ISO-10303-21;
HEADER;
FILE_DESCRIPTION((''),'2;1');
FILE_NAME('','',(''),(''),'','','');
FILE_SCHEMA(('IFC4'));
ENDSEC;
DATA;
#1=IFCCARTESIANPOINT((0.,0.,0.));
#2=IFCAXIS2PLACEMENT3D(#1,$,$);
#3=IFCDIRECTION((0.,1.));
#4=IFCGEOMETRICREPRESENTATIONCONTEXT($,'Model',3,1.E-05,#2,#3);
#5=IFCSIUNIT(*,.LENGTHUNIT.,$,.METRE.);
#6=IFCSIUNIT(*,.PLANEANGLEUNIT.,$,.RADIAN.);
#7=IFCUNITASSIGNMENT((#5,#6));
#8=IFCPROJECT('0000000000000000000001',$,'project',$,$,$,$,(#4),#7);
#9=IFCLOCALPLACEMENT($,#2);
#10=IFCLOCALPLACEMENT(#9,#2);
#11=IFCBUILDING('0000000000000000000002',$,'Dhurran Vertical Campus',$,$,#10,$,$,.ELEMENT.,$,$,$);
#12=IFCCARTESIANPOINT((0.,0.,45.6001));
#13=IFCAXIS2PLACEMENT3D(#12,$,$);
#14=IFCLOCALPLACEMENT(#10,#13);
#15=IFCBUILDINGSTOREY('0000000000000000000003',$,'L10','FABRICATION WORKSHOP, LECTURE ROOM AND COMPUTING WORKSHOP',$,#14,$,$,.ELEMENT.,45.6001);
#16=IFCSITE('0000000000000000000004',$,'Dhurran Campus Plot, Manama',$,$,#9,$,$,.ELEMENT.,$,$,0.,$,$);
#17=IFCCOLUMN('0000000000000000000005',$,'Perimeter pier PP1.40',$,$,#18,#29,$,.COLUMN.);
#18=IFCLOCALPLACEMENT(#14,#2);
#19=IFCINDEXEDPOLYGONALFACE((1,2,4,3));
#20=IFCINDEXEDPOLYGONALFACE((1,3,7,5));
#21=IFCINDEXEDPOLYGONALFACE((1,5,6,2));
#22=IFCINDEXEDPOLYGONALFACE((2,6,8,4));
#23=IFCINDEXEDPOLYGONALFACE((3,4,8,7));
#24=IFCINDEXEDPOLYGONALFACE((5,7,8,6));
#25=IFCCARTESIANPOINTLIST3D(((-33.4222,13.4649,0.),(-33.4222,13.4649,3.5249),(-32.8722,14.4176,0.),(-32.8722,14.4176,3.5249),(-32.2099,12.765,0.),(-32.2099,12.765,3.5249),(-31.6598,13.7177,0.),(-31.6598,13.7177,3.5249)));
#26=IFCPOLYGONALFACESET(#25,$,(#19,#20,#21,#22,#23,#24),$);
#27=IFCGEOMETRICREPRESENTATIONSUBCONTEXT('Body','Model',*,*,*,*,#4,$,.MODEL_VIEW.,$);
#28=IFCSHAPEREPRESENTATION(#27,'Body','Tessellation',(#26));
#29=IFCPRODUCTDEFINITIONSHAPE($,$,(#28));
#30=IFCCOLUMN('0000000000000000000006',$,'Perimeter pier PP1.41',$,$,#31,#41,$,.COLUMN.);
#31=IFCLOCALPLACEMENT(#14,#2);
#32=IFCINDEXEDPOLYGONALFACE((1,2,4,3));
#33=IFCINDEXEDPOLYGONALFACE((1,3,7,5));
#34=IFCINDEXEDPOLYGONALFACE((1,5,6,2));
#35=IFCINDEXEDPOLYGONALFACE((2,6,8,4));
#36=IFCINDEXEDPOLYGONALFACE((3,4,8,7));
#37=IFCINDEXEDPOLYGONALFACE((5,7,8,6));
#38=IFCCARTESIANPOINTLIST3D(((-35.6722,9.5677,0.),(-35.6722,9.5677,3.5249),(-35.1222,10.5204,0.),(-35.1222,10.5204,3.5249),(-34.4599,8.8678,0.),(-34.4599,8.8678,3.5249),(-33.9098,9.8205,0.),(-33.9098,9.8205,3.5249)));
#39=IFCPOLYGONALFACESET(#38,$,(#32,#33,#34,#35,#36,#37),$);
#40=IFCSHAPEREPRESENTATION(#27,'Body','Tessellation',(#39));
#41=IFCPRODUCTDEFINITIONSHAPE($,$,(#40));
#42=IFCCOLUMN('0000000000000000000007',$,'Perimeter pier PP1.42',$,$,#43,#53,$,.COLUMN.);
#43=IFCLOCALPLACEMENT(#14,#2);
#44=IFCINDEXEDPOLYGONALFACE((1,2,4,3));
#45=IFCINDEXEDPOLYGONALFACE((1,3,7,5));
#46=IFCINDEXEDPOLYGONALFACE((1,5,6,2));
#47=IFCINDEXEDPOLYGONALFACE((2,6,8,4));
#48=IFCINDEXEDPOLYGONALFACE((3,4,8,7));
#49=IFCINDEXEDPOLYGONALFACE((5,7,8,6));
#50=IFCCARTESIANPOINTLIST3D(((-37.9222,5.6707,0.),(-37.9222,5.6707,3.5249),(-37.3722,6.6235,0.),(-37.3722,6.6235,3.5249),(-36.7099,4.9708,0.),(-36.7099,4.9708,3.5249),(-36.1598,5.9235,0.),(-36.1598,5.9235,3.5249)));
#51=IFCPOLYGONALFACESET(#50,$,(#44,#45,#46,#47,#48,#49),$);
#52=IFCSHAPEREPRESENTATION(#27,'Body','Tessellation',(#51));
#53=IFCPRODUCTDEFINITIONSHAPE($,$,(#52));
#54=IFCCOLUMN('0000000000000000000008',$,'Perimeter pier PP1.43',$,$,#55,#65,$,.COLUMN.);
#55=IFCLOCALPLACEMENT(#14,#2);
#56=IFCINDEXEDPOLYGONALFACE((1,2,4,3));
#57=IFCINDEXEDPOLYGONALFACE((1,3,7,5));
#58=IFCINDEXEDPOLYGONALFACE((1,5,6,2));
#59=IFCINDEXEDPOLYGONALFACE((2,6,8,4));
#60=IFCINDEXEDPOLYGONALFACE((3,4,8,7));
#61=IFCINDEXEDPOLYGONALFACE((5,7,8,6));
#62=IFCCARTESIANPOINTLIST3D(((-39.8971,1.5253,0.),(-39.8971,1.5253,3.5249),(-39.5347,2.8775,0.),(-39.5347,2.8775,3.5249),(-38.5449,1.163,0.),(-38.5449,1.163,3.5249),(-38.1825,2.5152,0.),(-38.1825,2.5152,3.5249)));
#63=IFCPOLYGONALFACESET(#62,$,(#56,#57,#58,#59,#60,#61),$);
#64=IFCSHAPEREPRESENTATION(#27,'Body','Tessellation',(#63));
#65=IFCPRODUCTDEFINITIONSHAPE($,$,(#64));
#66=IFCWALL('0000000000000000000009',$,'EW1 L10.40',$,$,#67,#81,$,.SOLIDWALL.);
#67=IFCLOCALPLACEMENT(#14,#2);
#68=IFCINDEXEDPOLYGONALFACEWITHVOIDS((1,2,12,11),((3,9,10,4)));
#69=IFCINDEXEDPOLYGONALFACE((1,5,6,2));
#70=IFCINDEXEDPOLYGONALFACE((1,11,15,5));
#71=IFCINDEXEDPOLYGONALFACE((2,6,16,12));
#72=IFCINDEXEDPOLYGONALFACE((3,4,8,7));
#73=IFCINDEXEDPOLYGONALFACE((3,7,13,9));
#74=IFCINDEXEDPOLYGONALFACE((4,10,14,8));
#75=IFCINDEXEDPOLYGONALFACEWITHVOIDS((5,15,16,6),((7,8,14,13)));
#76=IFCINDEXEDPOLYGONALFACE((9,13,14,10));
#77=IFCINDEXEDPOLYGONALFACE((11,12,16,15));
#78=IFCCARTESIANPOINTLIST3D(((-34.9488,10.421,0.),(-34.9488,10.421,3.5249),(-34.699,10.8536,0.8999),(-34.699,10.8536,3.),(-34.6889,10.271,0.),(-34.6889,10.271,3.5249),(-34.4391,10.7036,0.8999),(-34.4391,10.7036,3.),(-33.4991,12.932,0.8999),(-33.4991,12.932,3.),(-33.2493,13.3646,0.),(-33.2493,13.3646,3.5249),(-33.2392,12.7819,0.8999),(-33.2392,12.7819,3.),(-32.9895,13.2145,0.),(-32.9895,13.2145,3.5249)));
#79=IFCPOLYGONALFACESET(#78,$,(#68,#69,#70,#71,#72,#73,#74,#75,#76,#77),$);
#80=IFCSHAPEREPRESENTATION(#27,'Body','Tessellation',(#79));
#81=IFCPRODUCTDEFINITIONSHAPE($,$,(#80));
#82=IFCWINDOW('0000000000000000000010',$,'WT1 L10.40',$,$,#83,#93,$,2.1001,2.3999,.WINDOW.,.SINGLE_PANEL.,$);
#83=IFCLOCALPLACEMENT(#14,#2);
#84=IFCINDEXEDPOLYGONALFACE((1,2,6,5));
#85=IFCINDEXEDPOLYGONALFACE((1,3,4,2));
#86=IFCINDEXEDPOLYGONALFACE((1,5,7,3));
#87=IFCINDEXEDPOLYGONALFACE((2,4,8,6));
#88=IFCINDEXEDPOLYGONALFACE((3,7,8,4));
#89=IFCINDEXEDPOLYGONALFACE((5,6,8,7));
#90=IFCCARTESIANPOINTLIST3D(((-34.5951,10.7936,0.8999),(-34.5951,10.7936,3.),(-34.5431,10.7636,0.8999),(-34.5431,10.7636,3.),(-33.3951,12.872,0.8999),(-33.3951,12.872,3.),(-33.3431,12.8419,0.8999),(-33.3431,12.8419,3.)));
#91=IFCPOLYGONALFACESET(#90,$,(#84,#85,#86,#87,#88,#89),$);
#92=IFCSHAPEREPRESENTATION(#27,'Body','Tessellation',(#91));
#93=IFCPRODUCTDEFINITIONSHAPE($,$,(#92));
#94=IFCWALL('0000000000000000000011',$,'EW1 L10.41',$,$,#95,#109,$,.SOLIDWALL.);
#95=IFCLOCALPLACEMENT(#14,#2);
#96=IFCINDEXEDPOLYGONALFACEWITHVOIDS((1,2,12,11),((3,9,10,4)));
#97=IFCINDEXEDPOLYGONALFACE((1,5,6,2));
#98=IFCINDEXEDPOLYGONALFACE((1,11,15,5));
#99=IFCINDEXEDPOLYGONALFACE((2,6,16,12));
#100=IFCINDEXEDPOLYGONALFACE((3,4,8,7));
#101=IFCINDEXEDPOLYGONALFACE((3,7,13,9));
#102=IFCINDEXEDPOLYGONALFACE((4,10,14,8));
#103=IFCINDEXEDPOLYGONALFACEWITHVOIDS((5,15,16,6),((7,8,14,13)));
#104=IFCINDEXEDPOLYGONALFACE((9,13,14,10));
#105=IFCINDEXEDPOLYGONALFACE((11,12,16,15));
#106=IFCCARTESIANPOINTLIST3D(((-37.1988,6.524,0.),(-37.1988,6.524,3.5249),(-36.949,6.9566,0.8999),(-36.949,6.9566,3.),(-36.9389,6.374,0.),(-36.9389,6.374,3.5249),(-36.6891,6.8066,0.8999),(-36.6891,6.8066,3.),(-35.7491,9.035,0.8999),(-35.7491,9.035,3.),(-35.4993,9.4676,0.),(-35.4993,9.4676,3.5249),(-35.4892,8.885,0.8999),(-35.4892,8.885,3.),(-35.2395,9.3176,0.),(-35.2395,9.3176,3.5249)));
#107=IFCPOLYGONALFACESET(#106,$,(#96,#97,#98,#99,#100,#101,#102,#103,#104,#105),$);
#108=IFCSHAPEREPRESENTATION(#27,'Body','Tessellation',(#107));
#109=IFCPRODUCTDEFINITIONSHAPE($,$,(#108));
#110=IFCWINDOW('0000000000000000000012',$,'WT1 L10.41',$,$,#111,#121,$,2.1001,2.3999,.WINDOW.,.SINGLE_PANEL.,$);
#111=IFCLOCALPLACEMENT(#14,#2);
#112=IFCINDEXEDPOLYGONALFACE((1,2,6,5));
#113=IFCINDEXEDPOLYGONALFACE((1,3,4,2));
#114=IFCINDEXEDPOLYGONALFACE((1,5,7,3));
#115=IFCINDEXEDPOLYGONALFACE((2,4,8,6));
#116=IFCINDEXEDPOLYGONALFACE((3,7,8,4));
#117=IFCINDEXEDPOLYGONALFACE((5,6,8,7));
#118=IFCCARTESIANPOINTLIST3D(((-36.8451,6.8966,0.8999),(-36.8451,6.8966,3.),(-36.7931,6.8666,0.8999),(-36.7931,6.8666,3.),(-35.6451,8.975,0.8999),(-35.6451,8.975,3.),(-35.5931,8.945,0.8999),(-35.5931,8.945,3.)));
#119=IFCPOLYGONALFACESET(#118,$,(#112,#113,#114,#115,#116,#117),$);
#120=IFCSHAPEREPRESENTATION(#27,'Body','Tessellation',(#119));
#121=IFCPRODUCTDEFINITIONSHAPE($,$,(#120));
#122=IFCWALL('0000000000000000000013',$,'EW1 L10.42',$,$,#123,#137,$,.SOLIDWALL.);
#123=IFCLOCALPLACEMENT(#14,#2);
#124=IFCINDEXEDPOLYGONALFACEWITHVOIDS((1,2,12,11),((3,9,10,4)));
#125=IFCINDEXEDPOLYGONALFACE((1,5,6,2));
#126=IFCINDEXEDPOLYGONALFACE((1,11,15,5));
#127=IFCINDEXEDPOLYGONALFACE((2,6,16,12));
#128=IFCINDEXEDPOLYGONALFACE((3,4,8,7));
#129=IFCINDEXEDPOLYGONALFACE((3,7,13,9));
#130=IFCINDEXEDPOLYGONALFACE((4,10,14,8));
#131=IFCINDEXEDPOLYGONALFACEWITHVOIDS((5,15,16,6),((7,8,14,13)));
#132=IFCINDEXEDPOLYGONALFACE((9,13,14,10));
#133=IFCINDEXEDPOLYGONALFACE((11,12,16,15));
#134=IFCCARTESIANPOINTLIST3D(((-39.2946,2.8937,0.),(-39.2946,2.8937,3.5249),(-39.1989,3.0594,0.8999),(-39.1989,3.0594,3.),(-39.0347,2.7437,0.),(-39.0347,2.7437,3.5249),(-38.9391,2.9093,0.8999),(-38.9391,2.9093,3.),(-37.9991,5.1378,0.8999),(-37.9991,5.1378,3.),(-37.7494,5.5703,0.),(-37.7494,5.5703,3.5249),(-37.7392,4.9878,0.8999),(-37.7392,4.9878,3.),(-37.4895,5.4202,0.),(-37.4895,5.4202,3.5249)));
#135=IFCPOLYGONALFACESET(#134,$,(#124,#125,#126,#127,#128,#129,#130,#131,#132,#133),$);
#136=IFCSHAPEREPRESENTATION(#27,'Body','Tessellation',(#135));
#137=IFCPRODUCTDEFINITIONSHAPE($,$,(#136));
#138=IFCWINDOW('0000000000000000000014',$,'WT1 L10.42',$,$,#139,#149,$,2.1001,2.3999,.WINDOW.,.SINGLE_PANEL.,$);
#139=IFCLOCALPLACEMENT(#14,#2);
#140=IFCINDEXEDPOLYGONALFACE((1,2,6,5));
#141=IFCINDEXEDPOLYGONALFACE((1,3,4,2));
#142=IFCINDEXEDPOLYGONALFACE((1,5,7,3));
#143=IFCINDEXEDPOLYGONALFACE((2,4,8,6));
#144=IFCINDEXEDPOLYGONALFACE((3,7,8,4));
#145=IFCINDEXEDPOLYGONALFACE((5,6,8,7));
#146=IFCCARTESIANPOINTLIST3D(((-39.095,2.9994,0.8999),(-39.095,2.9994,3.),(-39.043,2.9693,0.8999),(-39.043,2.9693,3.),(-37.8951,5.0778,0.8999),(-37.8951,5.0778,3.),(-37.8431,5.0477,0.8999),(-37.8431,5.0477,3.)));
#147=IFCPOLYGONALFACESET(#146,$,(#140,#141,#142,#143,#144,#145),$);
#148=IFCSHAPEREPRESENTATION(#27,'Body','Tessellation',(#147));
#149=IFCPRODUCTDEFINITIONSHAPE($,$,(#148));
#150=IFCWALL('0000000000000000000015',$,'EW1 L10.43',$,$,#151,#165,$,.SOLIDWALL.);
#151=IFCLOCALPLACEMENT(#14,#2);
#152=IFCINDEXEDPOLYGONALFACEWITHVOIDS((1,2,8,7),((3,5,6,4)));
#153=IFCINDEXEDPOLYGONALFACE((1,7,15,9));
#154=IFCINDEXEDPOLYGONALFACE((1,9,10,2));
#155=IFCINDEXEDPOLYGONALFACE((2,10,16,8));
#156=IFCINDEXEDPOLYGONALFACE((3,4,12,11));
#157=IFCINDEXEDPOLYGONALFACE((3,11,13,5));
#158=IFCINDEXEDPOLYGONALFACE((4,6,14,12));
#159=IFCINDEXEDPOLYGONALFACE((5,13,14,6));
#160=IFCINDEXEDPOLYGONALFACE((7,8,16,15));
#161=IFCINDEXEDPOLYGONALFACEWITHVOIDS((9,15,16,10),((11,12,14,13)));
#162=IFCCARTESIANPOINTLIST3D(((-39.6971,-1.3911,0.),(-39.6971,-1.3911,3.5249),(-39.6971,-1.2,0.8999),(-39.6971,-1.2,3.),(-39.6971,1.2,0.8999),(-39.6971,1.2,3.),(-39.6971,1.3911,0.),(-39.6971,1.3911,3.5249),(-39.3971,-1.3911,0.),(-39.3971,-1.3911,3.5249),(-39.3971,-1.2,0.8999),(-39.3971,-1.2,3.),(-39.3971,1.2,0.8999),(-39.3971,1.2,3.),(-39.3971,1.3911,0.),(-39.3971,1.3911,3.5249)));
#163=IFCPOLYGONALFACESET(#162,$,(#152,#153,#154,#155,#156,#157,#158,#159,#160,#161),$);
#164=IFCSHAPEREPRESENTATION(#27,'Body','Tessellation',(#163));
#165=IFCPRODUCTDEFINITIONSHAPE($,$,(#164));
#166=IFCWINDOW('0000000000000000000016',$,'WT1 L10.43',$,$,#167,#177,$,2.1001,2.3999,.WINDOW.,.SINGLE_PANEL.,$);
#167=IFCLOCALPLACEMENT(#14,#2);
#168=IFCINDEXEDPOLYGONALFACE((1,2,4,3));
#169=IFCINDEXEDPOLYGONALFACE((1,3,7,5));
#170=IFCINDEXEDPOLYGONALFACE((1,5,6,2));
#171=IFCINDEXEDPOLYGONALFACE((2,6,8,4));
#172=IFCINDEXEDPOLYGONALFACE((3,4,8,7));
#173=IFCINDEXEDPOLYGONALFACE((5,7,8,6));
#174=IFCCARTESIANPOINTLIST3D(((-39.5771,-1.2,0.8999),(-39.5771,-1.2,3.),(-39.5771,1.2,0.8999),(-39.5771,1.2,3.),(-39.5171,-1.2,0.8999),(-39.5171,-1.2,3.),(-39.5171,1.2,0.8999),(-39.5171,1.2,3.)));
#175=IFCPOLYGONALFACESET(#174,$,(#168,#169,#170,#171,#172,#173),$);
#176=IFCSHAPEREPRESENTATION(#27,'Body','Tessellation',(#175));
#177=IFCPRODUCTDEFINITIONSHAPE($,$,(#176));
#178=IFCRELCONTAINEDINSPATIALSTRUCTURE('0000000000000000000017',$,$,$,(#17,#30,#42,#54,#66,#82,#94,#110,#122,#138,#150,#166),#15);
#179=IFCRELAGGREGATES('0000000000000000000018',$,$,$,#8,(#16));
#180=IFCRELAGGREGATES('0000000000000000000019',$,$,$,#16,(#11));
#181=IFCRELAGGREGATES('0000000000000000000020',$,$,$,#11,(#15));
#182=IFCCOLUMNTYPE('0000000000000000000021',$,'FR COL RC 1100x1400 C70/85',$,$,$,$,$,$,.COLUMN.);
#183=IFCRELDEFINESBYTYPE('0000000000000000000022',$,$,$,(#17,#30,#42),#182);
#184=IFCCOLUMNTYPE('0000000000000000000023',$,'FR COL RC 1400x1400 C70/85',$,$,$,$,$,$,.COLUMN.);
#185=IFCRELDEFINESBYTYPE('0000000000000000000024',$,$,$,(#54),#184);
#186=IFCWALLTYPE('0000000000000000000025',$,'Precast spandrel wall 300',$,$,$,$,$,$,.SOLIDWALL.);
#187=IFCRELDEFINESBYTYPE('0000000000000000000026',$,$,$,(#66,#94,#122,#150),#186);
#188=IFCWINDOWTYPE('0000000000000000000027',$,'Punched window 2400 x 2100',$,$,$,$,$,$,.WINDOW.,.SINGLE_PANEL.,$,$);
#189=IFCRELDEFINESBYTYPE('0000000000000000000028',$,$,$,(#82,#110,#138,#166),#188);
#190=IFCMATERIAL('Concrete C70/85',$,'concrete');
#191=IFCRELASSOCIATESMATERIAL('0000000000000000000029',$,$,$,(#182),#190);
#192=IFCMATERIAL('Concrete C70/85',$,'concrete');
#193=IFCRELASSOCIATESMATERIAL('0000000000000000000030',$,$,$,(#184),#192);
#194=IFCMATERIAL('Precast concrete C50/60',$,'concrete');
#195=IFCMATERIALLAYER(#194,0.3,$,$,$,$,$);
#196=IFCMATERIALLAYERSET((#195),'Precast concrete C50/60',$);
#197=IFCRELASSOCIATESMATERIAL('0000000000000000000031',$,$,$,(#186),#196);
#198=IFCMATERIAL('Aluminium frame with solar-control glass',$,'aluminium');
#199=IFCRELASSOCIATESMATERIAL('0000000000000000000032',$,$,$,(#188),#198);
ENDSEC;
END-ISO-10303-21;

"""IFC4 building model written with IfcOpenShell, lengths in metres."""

from ifc_helpers import new_model, si_unit, direction, frame, frame_2d, origin, origin_2d, place, context, subcontext, project, spatial, rectangle, extrude, material, layer, layer_set, material_profile, profile_set, type_object, element, fill, save


model = new_model("IFC4")

# Units and contexts
model_context = context("Model", 3, precision=1e-05, world=origin(), true_north=direction((0.0, 1.0)))
body_context = subcontext(model_context, "Body", "Model", "MODEL_VIEW")
ifc_project = project(units=[si_unit("LENGTHUNIT", "METRE"), si_unit("PLANEANGLEUNIT", "RADIAN")], contexts=[model_context])

# Site, building, storey
site_placement = place(None, origin())
site = spatial("IfcSite", under=ifc_project, at=site_placement, Name="Dhurran Campus Plot, Manama", CompositionType="ELEMENT", RefElevation=0.0)
building_placement = place(site_placement, origin())
building = spatial("IfcBuilding", under=site, at=building_placement, Name="Dhurran Vertical Campus", CompositionType="ELEMENT")
storey_placement = place(building_placement, frame((0.0, 0.0, 45.6001)))
storey = spatial("IfcBuildingStorey", under=building, at=storey_placement, Name="L10", Description="FABRICATION WORKSHOP, LECTURE ROOM AND COMPUTING WORKSHOP", CompositionType="ELEMENT", Elevation=45.6001)

# Columns
ifc_material_1 = material(Name="Concrete C70/85", Category="concrete")
ifc_material_profile_1 = material_profile(ifc_material_1, rectangle(XDim=1.1001, YDim=1.3999, at=origin_2d()), Name="RC 1100x1400")
ifc_profile_set_1 = profile_set([ifc_material_profile_1], Name="Concrete C70/85")
column_type_1 = type_object("IfcColumnType", Name="FR COL RC 1100x1400 C70/85", PredefinedType="COLUMN", material=ifc_profile_set_1)
for number, where, z_axis, x_axis, name in (
    (1, (-32.541, 13.5913, 0.0), (0.0, 0.0, 1.0), (-0.5, -0.866025, 0.0), "Perimeter pier PP1.40"),
    (2, (-34.791, 9.6941, 0.0), (0.0, 0.0, 1.0), (-0.5, -0.866025, 0.0), "Perimeter pier PP1.41"),
    (3, (-37.041, 5.7971, 0.0), (0.0, 0.0, 1.0), (-0.5, -0.866025, 0.0), "Perimeter pier PP1.42"),
):
    element("IfcColumn", number, at=place(storey_placement, frame(where, z_axis=z_axis, x_axis=x_axis)), inside=storey, type_object=column_type_1, Name=name, PredefinedType="COLUMN", context=body_context, shape_type="SweptSolid", body=[
        extrude(rectangle(XDim=1.1001, YDim=1.3999, at=origin_2d()), origin(), (0.0, 0.0, 1.0), 3.5249),
    ])
ifc_material_2 = material(Name="Concrete C70/85", Category="concrete")
ifc_material_profile_2 = material_profile(ifc_material_2, rectangle(XDim=1.3999, YDim=1.3999, at=origin_2d()), Name="RC 1400x1400")
ifc_profile_set_2 = profile_set([ifc_material_profile_2], Name="Concrete C70/85")
column_type_2 = type_object("IfcColumnType", Name="FR COL RC 1400x1400 C70/85", PredefinedType="COLUMN", material=ifc_profile_set_2)
column_placement = place(storey_placement, frame((-39.0398, 2.0203, 0.0), z_axis=(0.0, 0.0, 1.0), x_axis=(-0.258819, -0.965926, 0.0)))
element("IfcColumn", 4, at=column_placement, inside=storey, type_object=column_type_2, Name="Perimeter pier PP1.43", PredefinedType="COLUMN", context=body_context, shape_type="SweptSolid", body=[
    extrude(rectangle(XDim=1.3999, YDim=1.3999, at=origin_2d()), origin(), (0.0, 0.0, 1.0), 3.5249),
])

# Walls, openings, windows
ifc_material_3 = material(Name="Precast concrete C50/60", Category="concrete")
ifc_layer_1 = layer(ifc_material_3, 0.3)
ifc_layer_set_1 = layer_set([ifc_layer_1], Name="Precast concrete C50/60")
wall_type_1 = type_object("IfcWallType", Name="Precast spandrel wall 300", PredefinedType="SOLIDWALL", material=ifc_layer_set_1)
wall_1_placement = place(storey_placement, frame((-33.1194, 13.2896, 0.0), z_axis=(0.0, 0.0, 1.0), x_axis=(-0.499994, -0.866029, 0.0)))
wall_1 = element("IfcWall", 5, at=wall_1_placement, inside=storey, type_object=wall_type_1, Name="EW1 L10.40", PredefinedType="SOLIDWALL", context=body_context, shape_type="SweptSolid", body=[
    extrude(rectangle(XDim=3.3989, YDim=0.3, at=frame_2d((1.6995, 0.0))), origin(), (0.0, 0.0, 1.0), 3.5249),
])
opening_1_placement = place(wall_1_placement, frame((0.4995, 0.0, 0.8999)))
opening_1 = element("IfcOpeningElement", 6, at=opening_1_placement, cuts=wall_1, PredefinedType="OPENING", context=body_context, shape_type="SweptSolid", body=[
    extrude(rectangle(XDim=2.3999, YDim=2.1001, at=frame_2d((1.2, 1.05))), frame((0.0, 0.1599, 0.0), z_axis=(0.0, -1.0, 0.0), x_axis=(1.0, 0.0, 0.0)), (0.0, 0.0, 1.0), 0.3201),
])
ifc_material_4 = material(Name="Aluminium frame with solar-control glass", Category="aluminium")
window_type = type_object("IfcWindowType", Name="Punched window 2400 x 2100", PartitioningType="SINGLE_PANEL", PredefinedType="WINDOW", material=ifc_material_4)
window_1_placement = place(opening_1_placement, origin())
window_1 = element("IfcWindow", 7, at=window_1_placement, inside=storey, type_object=window_type, Name="WT1 L10.40", OverallHeight=2.1001, OverallWidth=2.3999, PartitioningType="SINGLE_PANEL", PredefinedType="WINDOW", context=body_context, shape_type="SweptSolid", body=[
    extrude(rectangle(XDim=2.3999, YDim=2.1001, at=frame_2d((1.2, 1.05))), frame((0.0, 0.03, 0.0), z_axis=(0.0, -1.0, 0.0), x_axis=(1.0, 0.0, 0.0)), (0.0, 0.0, 1.0), 0.0601),
])
fill(opening_1, window_1)
wall_2_placement = place(storey_placement, frame((-35.3694, 9.3926, 0.0), z_axis=(0.0, 0.0, 1.0), x_axis=(-0.499994, -0.866029, 0.0)))
wall_2 = element("IfcWall", 8, at=wall_2_placement, inside=storey, type_object=wall_type_1, Name="EW1 L10.41", PredefinedType="SOLIDWALL", context=body_context, shape_type="SweptSolid", body=[
    extrude(rectangle(XDim=3.3989, YDim=0.3, at=frame_2d((1.6995, 0.0))), origin(), (0.0, 0.0, 1.0), 3.5249),
])
opening_2_placement = place(wall_2_placement, frame((0.4995, 0.0, 0.8999)))
opening_2 = element("IfcOpeningElement", 9, at=opening_2_placement, cuts=wall_2, PredefinedType="OPENING", context=body_context, shape_type="SweptSolid", body=[
    extrude(rectangle(XDim=2.3999, YDim=2.1001, at=frame_2d((1.2, 1.05))), frame((0.0, 0.1599, 0.0), z_axis=(0.0, -1.0, 0.0), x_axis=(1.0, 0.0, 0.0)), (0.0, 0.0, 1.0), 0.3201),
])
window_2_placement = place(opening_2_placement, origin())
window_2 = element("IfcWindow", 10, at=window_2_placement, inside=storey, type_object=window_type, Name="WT1 L10.41", OverallHeight=2.1001, OverallWidth=2.3999, PartitioningType="SINGLE_PANEL", PredefinedType="WINDOW", context=body_context, shape_type="SweptSolid", body=[
    extrude(rectangle(XDim=2.3999, YDim=2.1001, at=frame_2d((1.2, 1.05))), frame((0.0, 0.03, 0.0), z_axis=(0.0, -1.0, 0.0), x_axis=(1.0, 0.0, 0.0)), (0.0, 0.0, 1.0), 0.0601),
])
fill(opening_2, window_2)
wall_3_placement = place(storey_placement, frame((-37.6194, 5.4954, 0.0), z_axis=(0.0, 0.0, 1.0), x_axis=(-0.499971, -0.866042, 0.0)))
wall_3 = element("IfcWall", 11, at=wall_3_placement, inside=storey, type_object=wall_type_1, Name="EW1 L10.42", PredefinedType="SOLIDWALL", context=body_context, shape_type="SweptSolid", body=[
    extrude(rectangle(XDim=3.0906, YDim=0.3, at=frame_2d((1.5454, 0.0))), origin(), (0.0, 0.0, 1.0), 3.5249),
])
opening_3_placement = place(wall_3_placement, frame((0.4995, 0.0, 0.8999)))
opening_3 = element("IfcOpeningElement", 12, at=opening_3_placement, cuts=wall_3, PredefinedType="OPENING", context=body_context, shape_type="SweptSolid", body=[
    extrude(rectangle(XDim=2.3999, YDim=2.1001, at=frame_2d((1.2, 1.05))), frame((0.0, 0.1599, 0.0), z_axis=(0.0, -1.0, 0.0), x_axis=(1.0, 0.0, 0.0)), (0.0, 0.0, 1.0), 0.3201),
])
window_3_placement = place(opening_3_placement, origin())
window_3 = element("IfcWindow", 13, at=window_3_placement, inside=storey, type_object=window_type, Name="WT1 L10.42", OverallHeight=2.1001, OverallWidth=2.3999, PartitioningType="SINGLE_PANEL", PredefinedType="WINDOW", context=body_context, shape_type="SweptSolid", body=[
    extrude(rectangle(XDim=2.3999, YDim=2.1001, at=frame_2d((1.2, 1.05))), frame((0.0, 0.03, 0.0), z_axis=(0.0, -1.0, 0.0), x_axis=(1.0, 0.0, 0.0)), (0.0, 0.0, 1.0), 0.0601),
])
fill(opening_3, window_3)
wall_4_placement = place(storey_placement, frame((-39.5471, 1.3911, 0.0), z_axis=(0.0, 0.0, 1.0), x_axis=(0.0, -1.0, 0.0)))
wall_4 = element("IfcWall", 14, at=wall_4_placement, inside=storey, type_object=wall_type_1, Name="EW1 L10.43", PredefinedType="SOLIDWALL", context=body_context, shape_type="SweptSolid", body=[
    extrude(rectangle(XDim=2.7822, YDim=0.3, at=frame_2d((1.3911, 0.0))), origin(), (0.0, 0.0, 1.0), 3.5249),
])
opening_4_placement = place(wall_4_placement, frame((0.1912, 0.0, 0.8999)))
opening_4 = element("IfcOpeningElement", 15, at=opening_4_placement, cuts=wall_4, PredefinedType="OPENING", context=body_context, shape_type="SweptSolid", body=[
    extrude(rectangle(XDim=2.3999, YDim=2.1001, at=frame_2d((1.2, 1.05))), frame((0.0, 0.1599, 0.0), z_axis=(0.0, -1.0, 0.0), x_axis=(1.0, 0.0, 0.0)), (0.0, 0.0, 1.0), 0.3201),
])
window_4_placement = place(opening_4_placement, origin())
window_4 = element("IfcWindow", 16, at=window_4_placement, inside=storey, type_object=window_type, Name="WT1 L10.43", OverallHeight=2.1001, OverallWidth=2.3999, PartitioningType="SINGLE_PANEL", PredefinedType="WINDOW", context=body_context, shape_type="SweptSolid", body=[
    extrude(rectangle(XDim=2.3999, YDim=2.1001, at=frame_2d((1.2, 1.05))), frame((0.0, 0.03, 0.0), z_axis=(0.0, -1.0, 0.0), x_axis=(1.0, 0.0, 0.0)), (0.0, 0.0, 1.0), 0.0601),
])
fill(opening_4, window_4)

save(model, "model.ifc")
